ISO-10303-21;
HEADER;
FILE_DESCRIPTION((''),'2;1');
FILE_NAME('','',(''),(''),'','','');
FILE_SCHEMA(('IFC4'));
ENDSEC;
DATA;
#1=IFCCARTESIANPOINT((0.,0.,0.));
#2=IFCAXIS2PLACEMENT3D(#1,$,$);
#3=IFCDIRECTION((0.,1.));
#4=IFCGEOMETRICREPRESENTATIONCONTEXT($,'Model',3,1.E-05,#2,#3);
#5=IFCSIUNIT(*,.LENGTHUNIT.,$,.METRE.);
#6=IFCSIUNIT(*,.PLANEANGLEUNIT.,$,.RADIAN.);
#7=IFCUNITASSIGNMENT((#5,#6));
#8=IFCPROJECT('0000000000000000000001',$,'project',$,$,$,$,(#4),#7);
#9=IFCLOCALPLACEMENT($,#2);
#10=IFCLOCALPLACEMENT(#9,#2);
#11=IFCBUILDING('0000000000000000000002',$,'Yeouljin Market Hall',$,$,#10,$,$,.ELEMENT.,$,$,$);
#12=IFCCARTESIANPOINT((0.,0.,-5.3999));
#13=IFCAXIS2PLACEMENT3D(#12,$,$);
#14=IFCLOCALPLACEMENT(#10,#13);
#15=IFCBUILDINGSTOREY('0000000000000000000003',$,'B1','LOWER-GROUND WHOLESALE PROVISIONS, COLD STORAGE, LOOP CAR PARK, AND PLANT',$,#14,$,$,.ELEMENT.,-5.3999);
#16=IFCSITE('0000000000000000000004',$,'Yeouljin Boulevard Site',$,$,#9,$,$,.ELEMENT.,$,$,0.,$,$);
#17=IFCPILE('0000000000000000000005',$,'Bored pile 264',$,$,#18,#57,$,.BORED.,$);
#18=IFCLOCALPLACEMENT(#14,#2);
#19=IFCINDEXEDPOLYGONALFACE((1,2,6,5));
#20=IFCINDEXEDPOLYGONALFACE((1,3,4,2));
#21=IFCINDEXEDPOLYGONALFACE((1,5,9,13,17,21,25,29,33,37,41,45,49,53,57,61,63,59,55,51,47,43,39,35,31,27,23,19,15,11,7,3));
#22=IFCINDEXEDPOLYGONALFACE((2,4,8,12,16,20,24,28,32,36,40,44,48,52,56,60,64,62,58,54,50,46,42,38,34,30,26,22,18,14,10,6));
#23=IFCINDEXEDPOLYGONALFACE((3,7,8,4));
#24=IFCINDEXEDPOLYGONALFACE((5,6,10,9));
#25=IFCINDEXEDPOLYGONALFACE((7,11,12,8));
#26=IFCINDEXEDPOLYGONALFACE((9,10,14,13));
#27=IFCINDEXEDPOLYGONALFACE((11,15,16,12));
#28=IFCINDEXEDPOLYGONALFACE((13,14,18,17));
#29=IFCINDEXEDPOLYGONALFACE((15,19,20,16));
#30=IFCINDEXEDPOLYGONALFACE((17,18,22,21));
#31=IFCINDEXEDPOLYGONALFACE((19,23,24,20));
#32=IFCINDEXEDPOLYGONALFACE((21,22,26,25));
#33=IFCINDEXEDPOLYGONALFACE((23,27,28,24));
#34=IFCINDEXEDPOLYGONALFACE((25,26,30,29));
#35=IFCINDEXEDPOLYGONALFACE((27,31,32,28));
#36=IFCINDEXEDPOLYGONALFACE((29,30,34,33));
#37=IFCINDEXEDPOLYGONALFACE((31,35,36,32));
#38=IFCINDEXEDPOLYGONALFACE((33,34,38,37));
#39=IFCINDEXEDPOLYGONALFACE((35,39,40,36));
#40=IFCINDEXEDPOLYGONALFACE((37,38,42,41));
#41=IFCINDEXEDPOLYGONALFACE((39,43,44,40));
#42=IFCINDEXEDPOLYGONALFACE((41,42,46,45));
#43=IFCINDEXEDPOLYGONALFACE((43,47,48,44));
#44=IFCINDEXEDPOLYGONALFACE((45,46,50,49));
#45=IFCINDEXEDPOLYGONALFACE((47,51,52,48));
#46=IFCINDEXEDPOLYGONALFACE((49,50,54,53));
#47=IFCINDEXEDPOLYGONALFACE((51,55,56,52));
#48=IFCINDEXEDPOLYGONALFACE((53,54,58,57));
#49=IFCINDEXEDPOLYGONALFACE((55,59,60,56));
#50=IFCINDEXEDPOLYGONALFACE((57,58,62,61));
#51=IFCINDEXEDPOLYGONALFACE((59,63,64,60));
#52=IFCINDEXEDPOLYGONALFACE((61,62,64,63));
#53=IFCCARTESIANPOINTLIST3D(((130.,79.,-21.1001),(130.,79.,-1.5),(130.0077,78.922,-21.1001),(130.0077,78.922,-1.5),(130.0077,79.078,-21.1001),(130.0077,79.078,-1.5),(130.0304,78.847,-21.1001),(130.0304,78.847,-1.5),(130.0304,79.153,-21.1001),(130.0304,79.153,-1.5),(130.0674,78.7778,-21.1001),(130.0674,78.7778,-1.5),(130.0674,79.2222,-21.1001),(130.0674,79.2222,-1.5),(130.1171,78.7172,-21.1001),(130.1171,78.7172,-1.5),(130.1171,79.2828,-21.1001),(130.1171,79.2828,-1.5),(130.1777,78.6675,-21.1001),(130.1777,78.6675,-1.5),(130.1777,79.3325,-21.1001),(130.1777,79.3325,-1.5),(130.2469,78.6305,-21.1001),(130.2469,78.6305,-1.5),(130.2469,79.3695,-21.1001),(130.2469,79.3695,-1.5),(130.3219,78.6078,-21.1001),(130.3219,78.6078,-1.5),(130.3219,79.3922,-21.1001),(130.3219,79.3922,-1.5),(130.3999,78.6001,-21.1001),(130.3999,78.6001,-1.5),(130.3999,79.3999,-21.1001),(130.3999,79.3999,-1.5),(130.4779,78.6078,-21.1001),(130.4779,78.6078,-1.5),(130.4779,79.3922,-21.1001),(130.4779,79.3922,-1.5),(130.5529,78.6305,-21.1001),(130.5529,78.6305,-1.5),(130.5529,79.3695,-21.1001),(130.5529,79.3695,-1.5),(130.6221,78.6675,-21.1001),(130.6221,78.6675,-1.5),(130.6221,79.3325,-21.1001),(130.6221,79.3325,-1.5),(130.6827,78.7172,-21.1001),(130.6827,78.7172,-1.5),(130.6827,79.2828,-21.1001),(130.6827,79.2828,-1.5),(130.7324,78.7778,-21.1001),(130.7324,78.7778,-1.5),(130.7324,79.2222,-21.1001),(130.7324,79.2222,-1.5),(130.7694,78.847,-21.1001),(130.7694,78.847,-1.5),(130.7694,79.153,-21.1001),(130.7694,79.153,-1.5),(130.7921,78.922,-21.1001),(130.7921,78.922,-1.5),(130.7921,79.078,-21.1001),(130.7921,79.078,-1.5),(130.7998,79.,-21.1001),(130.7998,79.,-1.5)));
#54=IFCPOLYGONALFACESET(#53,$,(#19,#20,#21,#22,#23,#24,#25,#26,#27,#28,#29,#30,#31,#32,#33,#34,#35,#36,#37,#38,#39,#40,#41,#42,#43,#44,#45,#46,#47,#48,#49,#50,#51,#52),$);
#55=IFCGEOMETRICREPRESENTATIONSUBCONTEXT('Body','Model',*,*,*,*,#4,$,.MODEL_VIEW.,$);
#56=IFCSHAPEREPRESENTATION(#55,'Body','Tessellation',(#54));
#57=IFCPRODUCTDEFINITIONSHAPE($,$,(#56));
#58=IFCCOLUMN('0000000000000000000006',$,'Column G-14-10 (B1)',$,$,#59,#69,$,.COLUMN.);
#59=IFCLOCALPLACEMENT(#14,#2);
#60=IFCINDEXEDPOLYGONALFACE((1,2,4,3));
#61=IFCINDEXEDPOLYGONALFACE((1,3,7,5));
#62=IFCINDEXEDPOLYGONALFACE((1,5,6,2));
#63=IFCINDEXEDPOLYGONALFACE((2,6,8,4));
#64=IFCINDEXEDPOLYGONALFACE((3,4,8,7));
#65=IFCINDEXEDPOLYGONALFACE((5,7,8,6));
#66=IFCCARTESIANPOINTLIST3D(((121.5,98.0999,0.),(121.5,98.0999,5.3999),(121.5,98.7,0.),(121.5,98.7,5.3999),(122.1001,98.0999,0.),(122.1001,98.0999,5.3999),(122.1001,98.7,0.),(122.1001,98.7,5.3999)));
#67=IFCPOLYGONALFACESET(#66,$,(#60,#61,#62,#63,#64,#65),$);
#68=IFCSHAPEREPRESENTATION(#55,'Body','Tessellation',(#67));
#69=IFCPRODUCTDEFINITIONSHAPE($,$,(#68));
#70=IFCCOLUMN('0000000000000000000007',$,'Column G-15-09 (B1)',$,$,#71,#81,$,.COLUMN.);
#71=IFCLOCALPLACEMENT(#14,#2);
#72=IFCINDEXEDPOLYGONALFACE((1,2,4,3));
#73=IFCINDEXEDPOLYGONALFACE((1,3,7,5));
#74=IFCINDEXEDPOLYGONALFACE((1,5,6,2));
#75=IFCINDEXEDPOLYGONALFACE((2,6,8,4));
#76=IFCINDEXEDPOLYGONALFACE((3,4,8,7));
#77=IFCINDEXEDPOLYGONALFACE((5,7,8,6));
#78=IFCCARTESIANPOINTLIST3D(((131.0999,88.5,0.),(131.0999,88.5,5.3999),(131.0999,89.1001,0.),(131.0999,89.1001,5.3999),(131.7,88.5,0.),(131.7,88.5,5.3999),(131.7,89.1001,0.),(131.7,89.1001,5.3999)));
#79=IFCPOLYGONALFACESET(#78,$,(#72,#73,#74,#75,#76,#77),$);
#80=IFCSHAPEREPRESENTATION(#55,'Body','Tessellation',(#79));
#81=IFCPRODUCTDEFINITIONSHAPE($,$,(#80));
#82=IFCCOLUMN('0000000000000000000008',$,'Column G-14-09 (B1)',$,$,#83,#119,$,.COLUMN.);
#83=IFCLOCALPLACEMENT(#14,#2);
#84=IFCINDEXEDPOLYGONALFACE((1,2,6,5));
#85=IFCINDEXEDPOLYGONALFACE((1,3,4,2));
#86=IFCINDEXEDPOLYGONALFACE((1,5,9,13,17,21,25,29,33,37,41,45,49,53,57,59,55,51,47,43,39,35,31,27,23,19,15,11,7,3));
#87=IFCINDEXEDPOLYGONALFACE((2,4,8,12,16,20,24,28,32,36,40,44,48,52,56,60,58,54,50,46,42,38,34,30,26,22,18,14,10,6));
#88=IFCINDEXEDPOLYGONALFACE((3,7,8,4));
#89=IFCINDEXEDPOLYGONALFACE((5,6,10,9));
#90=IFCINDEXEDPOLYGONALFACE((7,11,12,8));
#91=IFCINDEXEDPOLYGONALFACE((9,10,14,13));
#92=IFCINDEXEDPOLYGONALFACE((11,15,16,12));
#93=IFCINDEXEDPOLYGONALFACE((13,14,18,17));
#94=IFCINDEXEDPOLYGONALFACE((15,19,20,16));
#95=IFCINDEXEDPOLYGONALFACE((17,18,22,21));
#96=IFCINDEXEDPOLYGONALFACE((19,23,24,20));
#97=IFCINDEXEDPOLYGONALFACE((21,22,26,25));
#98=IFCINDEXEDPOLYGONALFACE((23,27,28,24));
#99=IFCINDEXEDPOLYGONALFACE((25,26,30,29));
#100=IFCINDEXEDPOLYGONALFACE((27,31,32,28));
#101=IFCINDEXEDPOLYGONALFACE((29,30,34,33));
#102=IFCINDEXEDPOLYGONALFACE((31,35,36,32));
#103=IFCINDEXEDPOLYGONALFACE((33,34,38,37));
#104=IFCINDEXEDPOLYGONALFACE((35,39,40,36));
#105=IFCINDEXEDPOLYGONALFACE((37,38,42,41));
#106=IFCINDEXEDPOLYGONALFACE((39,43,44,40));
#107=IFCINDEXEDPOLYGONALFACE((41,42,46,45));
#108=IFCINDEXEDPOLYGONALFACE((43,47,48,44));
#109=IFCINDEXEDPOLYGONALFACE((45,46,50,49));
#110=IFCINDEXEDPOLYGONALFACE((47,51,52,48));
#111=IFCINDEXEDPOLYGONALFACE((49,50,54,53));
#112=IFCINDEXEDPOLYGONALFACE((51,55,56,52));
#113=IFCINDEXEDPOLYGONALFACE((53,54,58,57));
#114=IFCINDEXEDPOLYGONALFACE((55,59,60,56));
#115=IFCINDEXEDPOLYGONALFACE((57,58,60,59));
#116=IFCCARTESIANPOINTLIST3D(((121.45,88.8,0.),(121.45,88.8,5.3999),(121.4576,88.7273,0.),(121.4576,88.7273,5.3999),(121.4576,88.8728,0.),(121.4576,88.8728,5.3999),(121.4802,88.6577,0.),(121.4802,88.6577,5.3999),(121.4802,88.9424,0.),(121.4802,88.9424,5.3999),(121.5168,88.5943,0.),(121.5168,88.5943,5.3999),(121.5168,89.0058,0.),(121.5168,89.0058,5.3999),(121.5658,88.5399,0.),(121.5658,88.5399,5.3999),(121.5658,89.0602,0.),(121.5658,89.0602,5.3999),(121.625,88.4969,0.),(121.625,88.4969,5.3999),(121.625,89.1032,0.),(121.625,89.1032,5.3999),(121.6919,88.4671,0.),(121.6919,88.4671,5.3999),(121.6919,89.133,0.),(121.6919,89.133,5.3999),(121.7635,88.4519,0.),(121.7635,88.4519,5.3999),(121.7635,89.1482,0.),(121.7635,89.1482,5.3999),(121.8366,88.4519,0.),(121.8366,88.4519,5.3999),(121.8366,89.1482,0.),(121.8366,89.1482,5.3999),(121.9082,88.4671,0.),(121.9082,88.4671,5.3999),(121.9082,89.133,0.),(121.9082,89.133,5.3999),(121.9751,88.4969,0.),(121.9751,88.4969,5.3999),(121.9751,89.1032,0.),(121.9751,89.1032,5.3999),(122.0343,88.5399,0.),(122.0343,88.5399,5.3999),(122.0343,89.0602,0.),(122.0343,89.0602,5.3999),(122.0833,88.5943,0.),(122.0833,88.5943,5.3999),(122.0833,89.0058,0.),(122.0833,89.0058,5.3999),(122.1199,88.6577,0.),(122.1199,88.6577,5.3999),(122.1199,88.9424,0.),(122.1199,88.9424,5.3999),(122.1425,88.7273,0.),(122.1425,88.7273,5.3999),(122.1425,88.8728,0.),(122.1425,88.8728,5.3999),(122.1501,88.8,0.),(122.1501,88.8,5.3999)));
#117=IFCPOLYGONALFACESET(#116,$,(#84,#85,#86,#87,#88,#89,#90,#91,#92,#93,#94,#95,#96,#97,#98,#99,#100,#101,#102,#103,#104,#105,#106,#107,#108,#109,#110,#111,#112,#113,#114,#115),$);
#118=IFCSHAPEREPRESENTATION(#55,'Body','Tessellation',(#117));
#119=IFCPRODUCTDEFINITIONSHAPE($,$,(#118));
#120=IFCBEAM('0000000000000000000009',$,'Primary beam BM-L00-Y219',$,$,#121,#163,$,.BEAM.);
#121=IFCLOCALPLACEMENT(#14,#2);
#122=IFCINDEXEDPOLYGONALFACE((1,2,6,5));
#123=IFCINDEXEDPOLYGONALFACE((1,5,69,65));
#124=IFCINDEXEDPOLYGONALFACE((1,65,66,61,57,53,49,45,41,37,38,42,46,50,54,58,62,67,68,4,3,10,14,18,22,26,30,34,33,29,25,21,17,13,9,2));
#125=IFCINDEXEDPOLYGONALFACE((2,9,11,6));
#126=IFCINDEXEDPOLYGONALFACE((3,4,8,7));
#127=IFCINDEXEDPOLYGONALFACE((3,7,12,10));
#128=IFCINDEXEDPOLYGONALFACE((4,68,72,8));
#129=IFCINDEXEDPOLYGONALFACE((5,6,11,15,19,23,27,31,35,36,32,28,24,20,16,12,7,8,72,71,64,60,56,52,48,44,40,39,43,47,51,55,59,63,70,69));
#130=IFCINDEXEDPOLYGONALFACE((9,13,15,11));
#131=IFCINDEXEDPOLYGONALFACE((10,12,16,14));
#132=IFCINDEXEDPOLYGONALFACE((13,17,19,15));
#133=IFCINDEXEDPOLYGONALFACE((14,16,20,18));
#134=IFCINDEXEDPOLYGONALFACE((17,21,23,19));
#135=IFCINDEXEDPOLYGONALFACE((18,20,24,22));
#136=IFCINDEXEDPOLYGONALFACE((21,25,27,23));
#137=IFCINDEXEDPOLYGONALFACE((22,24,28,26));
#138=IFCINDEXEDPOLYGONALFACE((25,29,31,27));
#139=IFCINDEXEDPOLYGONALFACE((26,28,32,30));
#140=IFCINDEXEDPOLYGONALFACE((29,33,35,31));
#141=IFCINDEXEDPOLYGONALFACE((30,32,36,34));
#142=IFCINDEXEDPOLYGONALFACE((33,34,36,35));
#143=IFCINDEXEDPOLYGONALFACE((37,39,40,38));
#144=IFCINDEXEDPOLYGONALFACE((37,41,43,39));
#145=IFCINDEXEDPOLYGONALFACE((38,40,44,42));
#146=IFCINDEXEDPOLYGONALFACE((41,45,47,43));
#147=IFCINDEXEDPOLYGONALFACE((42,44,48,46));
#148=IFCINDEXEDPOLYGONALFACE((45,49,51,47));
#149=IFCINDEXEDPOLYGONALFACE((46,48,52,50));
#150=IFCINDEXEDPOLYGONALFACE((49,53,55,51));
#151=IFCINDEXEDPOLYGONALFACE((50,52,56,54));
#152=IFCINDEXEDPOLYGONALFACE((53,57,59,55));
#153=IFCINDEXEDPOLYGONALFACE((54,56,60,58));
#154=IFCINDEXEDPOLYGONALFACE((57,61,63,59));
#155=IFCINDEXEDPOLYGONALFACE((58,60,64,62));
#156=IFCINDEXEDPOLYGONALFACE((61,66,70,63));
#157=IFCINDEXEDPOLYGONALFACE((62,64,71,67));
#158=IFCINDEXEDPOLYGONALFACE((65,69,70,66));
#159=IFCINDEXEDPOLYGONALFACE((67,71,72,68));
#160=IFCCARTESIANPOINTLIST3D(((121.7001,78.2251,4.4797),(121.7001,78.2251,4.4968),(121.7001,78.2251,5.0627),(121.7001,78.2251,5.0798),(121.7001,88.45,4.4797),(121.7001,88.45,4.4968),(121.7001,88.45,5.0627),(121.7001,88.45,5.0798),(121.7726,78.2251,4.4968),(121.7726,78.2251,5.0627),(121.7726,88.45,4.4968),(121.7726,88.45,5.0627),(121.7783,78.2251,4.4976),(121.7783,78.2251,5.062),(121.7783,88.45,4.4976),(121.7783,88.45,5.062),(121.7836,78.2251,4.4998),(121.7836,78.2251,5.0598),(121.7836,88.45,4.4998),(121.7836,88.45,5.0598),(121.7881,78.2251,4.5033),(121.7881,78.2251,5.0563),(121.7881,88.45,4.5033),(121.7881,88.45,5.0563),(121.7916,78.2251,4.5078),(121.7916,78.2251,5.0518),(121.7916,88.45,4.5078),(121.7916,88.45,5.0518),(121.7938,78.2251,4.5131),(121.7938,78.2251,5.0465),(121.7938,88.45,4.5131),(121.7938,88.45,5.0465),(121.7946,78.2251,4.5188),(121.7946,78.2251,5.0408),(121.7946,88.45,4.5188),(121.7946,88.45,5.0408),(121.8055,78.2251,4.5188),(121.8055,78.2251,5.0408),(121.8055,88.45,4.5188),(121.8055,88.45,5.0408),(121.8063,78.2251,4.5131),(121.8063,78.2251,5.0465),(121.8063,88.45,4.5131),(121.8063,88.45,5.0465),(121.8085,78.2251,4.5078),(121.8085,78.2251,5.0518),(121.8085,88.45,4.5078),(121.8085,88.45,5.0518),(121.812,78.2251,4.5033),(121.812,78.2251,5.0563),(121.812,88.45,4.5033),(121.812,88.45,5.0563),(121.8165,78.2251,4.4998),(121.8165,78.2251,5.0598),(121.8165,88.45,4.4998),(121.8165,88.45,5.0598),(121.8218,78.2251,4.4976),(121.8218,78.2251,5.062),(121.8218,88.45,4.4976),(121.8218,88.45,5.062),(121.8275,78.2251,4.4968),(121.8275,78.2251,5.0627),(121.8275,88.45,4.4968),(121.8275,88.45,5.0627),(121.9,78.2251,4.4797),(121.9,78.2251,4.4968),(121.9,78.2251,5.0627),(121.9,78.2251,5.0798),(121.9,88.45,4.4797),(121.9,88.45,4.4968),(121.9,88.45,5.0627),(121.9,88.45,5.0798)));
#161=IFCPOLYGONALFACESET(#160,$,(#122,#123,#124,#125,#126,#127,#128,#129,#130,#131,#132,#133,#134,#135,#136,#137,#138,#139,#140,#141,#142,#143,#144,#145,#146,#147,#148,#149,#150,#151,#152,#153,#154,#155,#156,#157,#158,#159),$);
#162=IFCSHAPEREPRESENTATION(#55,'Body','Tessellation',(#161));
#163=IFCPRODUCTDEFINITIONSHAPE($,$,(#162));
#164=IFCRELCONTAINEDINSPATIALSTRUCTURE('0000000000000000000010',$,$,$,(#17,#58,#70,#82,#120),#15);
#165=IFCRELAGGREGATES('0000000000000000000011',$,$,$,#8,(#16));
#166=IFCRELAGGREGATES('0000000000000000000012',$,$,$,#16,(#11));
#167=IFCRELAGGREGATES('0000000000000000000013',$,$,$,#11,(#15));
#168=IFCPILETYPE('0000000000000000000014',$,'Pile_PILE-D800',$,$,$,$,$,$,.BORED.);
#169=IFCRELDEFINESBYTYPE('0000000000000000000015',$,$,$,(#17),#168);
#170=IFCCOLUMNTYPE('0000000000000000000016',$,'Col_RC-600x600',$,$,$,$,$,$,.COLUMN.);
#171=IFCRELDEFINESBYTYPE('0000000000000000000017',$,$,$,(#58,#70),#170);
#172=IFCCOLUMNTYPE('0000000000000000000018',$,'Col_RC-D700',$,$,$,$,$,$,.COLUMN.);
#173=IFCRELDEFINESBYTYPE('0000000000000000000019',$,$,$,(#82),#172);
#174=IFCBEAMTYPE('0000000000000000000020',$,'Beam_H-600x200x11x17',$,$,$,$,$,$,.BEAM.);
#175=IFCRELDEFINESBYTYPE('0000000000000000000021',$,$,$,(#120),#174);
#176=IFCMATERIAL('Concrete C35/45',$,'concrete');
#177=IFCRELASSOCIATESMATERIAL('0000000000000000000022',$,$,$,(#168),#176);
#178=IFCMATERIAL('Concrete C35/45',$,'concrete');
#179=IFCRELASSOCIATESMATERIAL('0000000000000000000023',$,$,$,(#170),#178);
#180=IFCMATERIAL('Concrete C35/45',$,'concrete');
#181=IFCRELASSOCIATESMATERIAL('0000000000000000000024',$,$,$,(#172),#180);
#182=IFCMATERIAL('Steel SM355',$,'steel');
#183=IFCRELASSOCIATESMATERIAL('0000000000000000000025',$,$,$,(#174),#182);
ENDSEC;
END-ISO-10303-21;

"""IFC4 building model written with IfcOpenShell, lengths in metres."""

from ifc_helpers import new_model, si_unit, direction, frame, origin, origin_2d, place, context, subcontext, project, spatial, rectangle, circle, i_section, extrude, material, material_profile, profile_set, type_object, element, save


model = new_model("IFC4")

# Units and contexts
model_context = context("Model", 3, precision=1e-05, world=origin(), true_north=direction((0.0, 1.0)))
body_context = subcontext(model_context, "Body", "Model", "MODEL_VIEW")
ifc_project = project(units=[si_unit("LENGTHUNIT", "METRE"), si_unit("PLANEANGLEUNIT", "RADIAN")], contexts=[model_context])

# Site, building, storey
site_placement = place(None, origin())
site = spatial("IfcSite", under=ifc_project, at=site_placement, Name="Yeouljin Boulevard Site", CompositionType="ELEMENT", RefElevation=0.0)
building_placement = place(site_placement, origin())
building = spatial("IfcBuilding", under=site, at=building_placement, Name="Yeouljin Market Hall", CompositionType="ELEMENT")
storey_placement = place(building_placement, frame((0.0, 0.0, -5.3999)))
storey = spatial("IfcBuildingStorey", under=building, at=storey_placement, Name="B1", Description="LOWER-GROUND WHOLESALE PROVISIONS, COLD STORAGE, LOOP CAR PARK, AND PLANT", CompositionType="ELEMENT", Elevation=-5.3999)

# Pile
ifc_material_1 = material(Name="Concrete C35/45", Category="concrete")
ifc_material_profile_1 = material_profile(ifc_material_1, circle(Radius=0.3999, at=origin_2d()), Name="PILE-D800")
ifc_profile_set_1 = profile_set([ifc_material_profile_1], Name="Concrete C35/45")
pile_type = type_object("IfcPileType", Name="Pile_PILE-D800", PredefinedType="BORED", material=ifc_profile_set_1)
for number, where, z_axis, x_axis, name in (
    (1, (130.3999, 79.0, -1.5), (0.0, 0.0, -1.0), (1.0, 0.0, 0.0), "Bored pile 264"),
):
    element("IfcPile", number, at=place(storey_placement, frame(where, z_axis=z_axis, x_axis=x_axis)), inside=storey, type_object=pile_type, Name=name, PredefinedType="BORED", context=body_context, shape_type="SweptSolid", body=[
        extrude(circle(Radius=0.3999, at=origin_2d()), origin(), (0.0, 0.0, 1.0), 19.6001),
    ])

# Columns
ifc_material_2 = material(Name="Concrete C35/45", Category="concrete")
ifc_material_profile_2 = material_profile(ifc_material_2, rectangle(XDim=0.6001, YDim=0.6001, at=origin_2d()), Name="RC-600x600")
ifc_profile_set_2 = profile_set([ifc_material_profile_2], Name="Concrete C35/45")
column_type_1 = type_object("IfcColumnType", Name="Col_RC-600x600", PredefinedType="COLUMN", material=ifc_profile_set_2)
for number, where, z_axis, x_axis, name in (
    (2, (121.8, 98.3999, 0.0), (0.0, 0.0, 1.0), (1.0, 0.0, 0.0), "Column G-14-10 (B1)"),
    (3, (131.3999, 88.8, 0.0), (0.0, 0.0, 1.0), (1.0, 0.0, 0.0), "Column G-15-09 (B1)"),
):
    element("IfcColumn", number, at=place(storey_placement, frame(where, z_axis=z_axis, x_axis=x_axis)), inside=storey, type_object=column_type_1, Name=name, PredefinedType="COLUMN", context=body_context, shape_type="SweptSolid", body=[
        extrude(rectangle(XDim=0.6001, YDim=0.6001, at=origin_2d()), origin(), (0.0, 0.0, 1.0), 5.3999),
    ])
ifc_material_3 = material(Name="Concrete C35/45", Category="concrete")
ifc_material_profile_3 = material_profile(ifc_material_3, circle(Radius=0.3501, at=origin_2d()), Name="RC-D700")
ifc_profile_set_3 = profile_set([ifc_material_profile_3], Name="Concrete C35/45")
column_type_2 = type_object("IfcColumnType", Name="Col_RC-D700", PredefinedType="COLUMN", material=ifc_profile_set_3)
column_placement = place(storey_placement, frame((121.8, 88.8, 0.0), z_axis=(0.0, 0.0, 1.0), x_axis=(1.0, 0.0, 0.0)))
element("IfcColumn", 4, at=column_placement, inside=storey, type_object=column_type_2, Name="Column G-14-09 (B1)", PredefinedType="COLUMN", context=body_context, shape_type="SweptSolid", body=[
    extrude(circle(Radius=0.3501, at=origin_2d()), origin(), (0.0, 0.0, 1.0), 5.3999),
])

# Beam
ifc_material_4 = material(Name="Steel SM355", Category="steel")
ifc_material_profile_4 = material_profile(ifc_material_4, i_section(OverallWidth=0.2, OverallDepth=0.6001, WebThickness=0.011, FlangeThickness=0.0171, FilletRadius=0.022, at=origin_2d()), Name="H-600x200x11x17")
ifc_profile_set_4 = profile_set([ifc_material_profile_4], Name="Steel SM355")
beam_type_1 = type_object("IfcBeamType", Name="Beam_H-600x200x11x17", PredefinedType="BEAM", material=ifc_profile_set_4)
beam_1_placement = place(storey_placement, frame((121.8, 78.2251, 4.7798), z_axis=(0.0, 1.0, 0.0), x_axis=(-1.0, 0.0, 0.0)))
element("IfcBeam", 5, at=beam_1_placement, inside=storey, type_object=beam_type_1, Name="Primary beam BM-L00-Y219", PredefinedType="BEAM", context=body_context, shape_type="SweptSolid", body=[
    extrude(i_section(OverallWidth=0.2, OverallDepth=0.6001, WebThickness=0.011, FlangeThickness=0.0171, FilletRadius=0.022, at=origin_2d()), origin(), (0.0, 0.0, 1.0), 10.2249),
])

save(model, "model.ifc")
